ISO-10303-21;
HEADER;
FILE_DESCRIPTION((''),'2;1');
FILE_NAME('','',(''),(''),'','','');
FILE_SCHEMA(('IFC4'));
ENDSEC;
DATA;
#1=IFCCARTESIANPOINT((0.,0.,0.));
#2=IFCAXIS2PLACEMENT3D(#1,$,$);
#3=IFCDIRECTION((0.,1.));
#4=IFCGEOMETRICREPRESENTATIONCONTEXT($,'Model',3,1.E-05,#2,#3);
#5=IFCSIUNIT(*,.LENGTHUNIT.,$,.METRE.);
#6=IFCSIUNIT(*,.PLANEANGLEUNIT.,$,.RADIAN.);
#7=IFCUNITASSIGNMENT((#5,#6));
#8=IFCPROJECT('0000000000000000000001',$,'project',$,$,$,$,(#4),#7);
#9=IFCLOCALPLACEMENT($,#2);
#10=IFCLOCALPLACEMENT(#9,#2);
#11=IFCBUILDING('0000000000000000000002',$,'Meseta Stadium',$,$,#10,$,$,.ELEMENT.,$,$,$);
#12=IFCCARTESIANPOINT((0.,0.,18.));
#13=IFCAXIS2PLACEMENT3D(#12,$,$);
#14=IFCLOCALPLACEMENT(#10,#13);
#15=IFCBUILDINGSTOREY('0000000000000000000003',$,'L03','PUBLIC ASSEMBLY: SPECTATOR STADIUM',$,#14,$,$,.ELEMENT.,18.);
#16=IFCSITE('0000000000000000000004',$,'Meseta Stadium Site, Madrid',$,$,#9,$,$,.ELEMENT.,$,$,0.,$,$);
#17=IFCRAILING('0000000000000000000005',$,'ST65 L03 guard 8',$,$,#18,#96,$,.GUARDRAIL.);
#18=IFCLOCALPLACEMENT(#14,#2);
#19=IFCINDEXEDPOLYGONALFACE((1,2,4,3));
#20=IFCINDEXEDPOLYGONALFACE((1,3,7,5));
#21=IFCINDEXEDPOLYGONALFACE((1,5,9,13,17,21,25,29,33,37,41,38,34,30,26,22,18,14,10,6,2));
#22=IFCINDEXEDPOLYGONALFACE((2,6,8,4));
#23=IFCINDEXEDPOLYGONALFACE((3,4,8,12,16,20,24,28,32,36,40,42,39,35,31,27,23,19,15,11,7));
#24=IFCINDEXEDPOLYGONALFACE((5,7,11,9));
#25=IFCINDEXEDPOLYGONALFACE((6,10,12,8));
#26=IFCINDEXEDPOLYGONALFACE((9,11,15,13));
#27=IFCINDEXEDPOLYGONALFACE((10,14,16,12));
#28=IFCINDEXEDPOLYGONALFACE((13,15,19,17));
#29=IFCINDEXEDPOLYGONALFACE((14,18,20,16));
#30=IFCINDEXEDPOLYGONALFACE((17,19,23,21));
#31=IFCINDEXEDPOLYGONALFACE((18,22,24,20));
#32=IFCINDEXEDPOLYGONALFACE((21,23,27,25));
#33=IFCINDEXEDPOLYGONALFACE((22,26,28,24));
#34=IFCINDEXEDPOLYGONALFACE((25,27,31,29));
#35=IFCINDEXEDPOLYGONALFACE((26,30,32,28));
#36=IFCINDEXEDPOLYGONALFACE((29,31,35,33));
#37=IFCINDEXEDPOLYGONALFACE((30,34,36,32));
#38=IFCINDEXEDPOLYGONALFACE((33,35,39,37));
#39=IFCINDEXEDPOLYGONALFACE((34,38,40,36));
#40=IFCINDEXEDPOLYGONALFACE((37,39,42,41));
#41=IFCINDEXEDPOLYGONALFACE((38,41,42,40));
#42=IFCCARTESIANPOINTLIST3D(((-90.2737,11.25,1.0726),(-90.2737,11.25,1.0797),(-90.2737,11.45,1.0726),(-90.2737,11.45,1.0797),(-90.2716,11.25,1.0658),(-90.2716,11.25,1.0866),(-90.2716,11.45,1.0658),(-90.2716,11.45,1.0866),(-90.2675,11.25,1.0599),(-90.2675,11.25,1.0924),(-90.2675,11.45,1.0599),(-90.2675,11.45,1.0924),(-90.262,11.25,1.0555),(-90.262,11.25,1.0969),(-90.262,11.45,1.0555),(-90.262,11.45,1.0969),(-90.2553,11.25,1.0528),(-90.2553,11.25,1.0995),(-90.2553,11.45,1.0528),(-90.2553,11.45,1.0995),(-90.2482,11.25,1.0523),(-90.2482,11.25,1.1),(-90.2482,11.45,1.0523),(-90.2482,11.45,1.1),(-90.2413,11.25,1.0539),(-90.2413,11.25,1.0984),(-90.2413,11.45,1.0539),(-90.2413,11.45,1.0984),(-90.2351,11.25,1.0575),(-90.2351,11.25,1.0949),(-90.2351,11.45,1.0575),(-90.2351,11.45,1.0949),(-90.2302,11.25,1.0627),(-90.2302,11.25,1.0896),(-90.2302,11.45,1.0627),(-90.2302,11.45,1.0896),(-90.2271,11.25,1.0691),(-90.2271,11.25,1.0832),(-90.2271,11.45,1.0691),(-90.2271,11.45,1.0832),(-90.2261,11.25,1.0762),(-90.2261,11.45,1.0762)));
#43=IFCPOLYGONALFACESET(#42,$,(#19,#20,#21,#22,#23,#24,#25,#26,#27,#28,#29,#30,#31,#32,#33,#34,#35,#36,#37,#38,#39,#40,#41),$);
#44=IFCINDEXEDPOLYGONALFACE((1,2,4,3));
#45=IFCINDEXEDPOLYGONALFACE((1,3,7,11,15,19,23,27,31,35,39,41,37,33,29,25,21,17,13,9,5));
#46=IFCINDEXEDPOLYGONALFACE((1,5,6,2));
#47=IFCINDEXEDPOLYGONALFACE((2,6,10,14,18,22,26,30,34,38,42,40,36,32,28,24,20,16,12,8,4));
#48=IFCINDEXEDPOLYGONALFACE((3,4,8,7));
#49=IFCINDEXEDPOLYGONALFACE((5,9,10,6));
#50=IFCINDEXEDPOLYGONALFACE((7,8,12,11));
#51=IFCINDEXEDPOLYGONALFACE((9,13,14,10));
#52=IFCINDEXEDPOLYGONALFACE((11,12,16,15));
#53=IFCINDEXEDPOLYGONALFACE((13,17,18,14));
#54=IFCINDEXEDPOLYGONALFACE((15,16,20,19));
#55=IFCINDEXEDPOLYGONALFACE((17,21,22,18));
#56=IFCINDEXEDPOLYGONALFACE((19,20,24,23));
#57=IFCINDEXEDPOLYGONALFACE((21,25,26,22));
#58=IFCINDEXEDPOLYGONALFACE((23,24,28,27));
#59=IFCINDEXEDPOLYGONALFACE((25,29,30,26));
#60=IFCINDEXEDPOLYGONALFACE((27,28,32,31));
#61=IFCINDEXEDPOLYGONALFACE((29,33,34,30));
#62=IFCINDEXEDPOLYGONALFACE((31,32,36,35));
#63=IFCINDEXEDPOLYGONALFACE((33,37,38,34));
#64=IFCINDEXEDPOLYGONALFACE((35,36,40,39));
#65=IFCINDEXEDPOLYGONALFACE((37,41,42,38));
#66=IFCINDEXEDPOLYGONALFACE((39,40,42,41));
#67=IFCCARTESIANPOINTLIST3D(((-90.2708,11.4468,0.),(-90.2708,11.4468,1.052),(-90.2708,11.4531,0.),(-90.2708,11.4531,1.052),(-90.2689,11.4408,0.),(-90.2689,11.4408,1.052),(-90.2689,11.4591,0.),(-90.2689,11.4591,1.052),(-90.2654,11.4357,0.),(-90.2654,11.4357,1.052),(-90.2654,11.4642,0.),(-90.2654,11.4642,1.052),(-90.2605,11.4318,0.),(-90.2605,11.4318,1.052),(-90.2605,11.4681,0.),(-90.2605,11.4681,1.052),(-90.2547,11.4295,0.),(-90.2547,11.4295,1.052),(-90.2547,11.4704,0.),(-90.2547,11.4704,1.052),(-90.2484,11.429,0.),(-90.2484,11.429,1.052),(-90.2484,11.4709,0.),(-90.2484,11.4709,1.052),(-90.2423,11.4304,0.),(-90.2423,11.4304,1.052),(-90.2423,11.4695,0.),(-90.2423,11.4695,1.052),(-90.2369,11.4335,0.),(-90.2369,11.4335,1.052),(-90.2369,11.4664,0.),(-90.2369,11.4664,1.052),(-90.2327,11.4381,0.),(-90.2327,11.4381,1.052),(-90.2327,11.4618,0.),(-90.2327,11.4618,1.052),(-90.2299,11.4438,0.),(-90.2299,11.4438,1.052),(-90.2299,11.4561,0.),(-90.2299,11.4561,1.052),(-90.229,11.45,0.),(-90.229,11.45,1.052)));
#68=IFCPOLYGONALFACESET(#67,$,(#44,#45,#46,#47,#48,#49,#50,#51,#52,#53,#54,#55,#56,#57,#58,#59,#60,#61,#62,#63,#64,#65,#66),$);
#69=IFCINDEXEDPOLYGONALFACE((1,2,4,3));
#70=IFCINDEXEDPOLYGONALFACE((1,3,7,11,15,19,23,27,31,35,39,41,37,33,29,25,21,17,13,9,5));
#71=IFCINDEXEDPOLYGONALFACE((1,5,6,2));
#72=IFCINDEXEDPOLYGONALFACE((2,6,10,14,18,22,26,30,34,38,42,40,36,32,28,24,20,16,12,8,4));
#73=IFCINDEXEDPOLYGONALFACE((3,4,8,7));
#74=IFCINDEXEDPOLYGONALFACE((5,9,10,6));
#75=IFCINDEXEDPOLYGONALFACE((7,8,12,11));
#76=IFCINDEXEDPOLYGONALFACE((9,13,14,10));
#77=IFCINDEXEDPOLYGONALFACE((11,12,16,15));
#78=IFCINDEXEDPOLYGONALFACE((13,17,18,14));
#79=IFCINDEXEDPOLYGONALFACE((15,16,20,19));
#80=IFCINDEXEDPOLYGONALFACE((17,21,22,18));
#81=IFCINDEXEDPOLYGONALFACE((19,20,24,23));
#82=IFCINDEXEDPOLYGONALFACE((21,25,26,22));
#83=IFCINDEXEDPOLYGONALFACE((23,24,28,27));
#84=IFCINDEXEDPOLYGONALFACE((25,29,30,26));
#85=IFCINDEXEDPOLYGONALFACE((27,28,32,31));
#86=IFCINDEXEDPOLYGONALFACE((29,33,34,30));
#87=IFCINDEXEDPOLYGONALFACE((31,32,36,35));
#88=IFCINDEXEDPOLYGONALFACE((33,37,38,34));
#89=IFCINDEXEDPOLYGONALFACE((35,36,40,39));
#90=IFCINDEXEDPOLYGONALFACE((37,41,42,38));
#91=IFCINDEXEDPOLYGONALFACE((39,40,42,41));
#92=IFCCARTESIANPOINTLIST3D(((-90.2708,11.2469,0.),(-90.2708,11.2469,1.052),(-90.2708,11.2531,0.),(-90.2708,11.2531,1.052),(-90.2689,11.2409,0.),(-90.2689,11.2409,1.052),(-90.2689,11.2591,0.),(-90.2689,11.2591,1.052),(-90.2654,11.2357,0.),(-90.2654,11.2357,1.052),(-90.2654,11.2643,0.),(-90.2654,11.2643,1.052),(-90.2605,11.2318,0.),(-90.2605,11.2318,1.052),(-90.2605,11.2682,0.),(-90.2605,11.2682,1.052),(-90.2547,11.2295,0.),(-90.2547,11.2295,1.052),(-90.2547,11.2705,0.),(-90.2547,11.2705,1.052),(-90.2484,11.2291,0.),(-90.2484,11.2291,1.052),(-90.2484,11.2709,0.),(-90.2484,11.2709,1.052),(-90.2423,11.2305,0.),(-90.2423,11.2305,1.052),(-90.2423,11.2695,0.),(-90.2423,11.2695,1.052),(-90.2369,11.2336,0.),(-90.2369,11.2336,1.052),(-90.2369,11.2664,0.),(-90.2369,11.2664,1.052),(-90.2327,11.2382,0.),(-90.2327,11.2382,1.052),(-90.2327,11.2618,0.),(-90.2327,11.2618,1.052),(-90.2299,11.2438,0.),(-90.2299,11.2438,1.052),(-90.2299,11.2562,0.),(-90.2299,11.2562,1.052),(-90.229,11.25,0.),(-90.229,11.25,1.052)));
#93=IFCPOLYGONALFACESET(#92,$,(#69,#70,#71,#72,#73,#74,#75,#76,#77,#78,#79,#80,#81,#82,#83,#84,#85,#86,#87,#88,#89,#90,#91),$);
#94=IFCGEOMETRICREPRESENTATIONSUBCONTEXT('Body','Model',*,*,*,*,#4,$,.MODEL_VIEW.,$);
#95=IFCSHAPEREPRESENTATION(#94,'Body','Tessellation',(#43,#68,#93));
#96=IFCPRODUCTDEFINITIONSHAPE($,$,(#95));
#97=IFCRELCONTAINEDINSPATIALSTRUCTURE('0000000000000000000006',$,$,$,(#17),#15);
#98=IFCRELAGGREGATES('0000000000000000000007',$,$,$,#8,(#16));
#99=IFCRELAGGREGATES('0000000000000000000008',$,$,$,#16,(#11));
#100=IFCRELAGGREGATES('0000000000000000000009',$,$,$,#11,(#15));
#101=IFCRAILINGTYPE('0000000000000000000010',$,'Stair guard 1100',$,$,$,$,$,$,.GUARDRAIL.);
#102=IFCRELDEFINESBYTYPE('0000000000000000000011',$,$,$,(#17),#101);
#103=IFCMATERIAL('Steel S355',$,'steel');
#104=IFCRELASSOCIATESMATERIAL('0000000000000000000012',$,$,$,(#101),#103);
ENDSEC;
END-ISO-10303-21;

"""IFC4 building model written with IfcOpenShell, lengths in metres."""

from ifc_helpers import new_model, si_unit, direction, frame, origin, origin_2d, place, context, subcontext, project, spatial, circle, extrude, material, type_object, element, save


model = new_model("IFC4")

# Units and contexts
model_context = context("Model", 3, precision=1e-05, world=origin(), true_north=direction((0.0, 1.0)))
body_context = subcontext(model_context, "Body", "Model", "MODEL_VIEW")
ifc_project = project(units=[si_unit("LENGTHUNIT", "METRE"), si_unit("PLANEANGLEUNIT", "RADIAN")], contexts=[model_context])

# Site, building, storey
site_placement = place(None, origin())
site = spatial("IfcSite", under=ifc_project, at=site_placement, Name="Meseta Stadium Site, Madrid", CompositionType="ELEMENT", RefElevation=0.0)
building_placement = place(site_placement, origin())
building = spatial("IfcBuilding", under=site, at=building_placement, Name="Meseta Stadium", CompositionType="ELEMENT")
storey_placement = place(building_placement, frame((0.0, 0.0, 18.0)))
storey = spatial("IfcBuildingStorey", under=building, at=storey_placement, Name="L03", Description="PUBLIC ASSEMBLY: SPECTATOR STADIUM", CompositionType="ELEMENT", Elevation=18.0)

# Railing
ifc_material_1 = material(Name="Steel S355", Category="steel")
railing_type_1 = type_object("IfcRailingType", Name="Stair guard 1100", PredefinedType="GUARDRAIL", material=ifc_material_1)
railing_1_placement = place(storey_placement, frame((-90.25, 11.45, 0.0)))
element("IfcRailing", 1, at=railing_1_placement, inside=storey, type_object=railing_type_1, Name="ST65 L03 guard 8", PredefinedType="GUARDRAIL", context=body_context, shape_type="SweptSolid", body=[
    extrude(circle(Radius=0.0239, at=origin_2d()), frame((0.0, 0.0, 1.0762), z_axis=(0.0, -1.0, 0.0), x_axis=(1.0, 0.0, 0.0)), (0.0, 0.0, 1.0), 0.2),
    extrude(circle(Radius=0.021, at=origin_2d()), origin(), (0.0, 0.0, 1.0), 1.052),
    extrude(circle(Radius=0.021, at=origin_2d()), frame((0.0, -0.2, 0.0)), (0.0, 0.0, 1.0), 1.052),
])

save(model, "model.ifc")
